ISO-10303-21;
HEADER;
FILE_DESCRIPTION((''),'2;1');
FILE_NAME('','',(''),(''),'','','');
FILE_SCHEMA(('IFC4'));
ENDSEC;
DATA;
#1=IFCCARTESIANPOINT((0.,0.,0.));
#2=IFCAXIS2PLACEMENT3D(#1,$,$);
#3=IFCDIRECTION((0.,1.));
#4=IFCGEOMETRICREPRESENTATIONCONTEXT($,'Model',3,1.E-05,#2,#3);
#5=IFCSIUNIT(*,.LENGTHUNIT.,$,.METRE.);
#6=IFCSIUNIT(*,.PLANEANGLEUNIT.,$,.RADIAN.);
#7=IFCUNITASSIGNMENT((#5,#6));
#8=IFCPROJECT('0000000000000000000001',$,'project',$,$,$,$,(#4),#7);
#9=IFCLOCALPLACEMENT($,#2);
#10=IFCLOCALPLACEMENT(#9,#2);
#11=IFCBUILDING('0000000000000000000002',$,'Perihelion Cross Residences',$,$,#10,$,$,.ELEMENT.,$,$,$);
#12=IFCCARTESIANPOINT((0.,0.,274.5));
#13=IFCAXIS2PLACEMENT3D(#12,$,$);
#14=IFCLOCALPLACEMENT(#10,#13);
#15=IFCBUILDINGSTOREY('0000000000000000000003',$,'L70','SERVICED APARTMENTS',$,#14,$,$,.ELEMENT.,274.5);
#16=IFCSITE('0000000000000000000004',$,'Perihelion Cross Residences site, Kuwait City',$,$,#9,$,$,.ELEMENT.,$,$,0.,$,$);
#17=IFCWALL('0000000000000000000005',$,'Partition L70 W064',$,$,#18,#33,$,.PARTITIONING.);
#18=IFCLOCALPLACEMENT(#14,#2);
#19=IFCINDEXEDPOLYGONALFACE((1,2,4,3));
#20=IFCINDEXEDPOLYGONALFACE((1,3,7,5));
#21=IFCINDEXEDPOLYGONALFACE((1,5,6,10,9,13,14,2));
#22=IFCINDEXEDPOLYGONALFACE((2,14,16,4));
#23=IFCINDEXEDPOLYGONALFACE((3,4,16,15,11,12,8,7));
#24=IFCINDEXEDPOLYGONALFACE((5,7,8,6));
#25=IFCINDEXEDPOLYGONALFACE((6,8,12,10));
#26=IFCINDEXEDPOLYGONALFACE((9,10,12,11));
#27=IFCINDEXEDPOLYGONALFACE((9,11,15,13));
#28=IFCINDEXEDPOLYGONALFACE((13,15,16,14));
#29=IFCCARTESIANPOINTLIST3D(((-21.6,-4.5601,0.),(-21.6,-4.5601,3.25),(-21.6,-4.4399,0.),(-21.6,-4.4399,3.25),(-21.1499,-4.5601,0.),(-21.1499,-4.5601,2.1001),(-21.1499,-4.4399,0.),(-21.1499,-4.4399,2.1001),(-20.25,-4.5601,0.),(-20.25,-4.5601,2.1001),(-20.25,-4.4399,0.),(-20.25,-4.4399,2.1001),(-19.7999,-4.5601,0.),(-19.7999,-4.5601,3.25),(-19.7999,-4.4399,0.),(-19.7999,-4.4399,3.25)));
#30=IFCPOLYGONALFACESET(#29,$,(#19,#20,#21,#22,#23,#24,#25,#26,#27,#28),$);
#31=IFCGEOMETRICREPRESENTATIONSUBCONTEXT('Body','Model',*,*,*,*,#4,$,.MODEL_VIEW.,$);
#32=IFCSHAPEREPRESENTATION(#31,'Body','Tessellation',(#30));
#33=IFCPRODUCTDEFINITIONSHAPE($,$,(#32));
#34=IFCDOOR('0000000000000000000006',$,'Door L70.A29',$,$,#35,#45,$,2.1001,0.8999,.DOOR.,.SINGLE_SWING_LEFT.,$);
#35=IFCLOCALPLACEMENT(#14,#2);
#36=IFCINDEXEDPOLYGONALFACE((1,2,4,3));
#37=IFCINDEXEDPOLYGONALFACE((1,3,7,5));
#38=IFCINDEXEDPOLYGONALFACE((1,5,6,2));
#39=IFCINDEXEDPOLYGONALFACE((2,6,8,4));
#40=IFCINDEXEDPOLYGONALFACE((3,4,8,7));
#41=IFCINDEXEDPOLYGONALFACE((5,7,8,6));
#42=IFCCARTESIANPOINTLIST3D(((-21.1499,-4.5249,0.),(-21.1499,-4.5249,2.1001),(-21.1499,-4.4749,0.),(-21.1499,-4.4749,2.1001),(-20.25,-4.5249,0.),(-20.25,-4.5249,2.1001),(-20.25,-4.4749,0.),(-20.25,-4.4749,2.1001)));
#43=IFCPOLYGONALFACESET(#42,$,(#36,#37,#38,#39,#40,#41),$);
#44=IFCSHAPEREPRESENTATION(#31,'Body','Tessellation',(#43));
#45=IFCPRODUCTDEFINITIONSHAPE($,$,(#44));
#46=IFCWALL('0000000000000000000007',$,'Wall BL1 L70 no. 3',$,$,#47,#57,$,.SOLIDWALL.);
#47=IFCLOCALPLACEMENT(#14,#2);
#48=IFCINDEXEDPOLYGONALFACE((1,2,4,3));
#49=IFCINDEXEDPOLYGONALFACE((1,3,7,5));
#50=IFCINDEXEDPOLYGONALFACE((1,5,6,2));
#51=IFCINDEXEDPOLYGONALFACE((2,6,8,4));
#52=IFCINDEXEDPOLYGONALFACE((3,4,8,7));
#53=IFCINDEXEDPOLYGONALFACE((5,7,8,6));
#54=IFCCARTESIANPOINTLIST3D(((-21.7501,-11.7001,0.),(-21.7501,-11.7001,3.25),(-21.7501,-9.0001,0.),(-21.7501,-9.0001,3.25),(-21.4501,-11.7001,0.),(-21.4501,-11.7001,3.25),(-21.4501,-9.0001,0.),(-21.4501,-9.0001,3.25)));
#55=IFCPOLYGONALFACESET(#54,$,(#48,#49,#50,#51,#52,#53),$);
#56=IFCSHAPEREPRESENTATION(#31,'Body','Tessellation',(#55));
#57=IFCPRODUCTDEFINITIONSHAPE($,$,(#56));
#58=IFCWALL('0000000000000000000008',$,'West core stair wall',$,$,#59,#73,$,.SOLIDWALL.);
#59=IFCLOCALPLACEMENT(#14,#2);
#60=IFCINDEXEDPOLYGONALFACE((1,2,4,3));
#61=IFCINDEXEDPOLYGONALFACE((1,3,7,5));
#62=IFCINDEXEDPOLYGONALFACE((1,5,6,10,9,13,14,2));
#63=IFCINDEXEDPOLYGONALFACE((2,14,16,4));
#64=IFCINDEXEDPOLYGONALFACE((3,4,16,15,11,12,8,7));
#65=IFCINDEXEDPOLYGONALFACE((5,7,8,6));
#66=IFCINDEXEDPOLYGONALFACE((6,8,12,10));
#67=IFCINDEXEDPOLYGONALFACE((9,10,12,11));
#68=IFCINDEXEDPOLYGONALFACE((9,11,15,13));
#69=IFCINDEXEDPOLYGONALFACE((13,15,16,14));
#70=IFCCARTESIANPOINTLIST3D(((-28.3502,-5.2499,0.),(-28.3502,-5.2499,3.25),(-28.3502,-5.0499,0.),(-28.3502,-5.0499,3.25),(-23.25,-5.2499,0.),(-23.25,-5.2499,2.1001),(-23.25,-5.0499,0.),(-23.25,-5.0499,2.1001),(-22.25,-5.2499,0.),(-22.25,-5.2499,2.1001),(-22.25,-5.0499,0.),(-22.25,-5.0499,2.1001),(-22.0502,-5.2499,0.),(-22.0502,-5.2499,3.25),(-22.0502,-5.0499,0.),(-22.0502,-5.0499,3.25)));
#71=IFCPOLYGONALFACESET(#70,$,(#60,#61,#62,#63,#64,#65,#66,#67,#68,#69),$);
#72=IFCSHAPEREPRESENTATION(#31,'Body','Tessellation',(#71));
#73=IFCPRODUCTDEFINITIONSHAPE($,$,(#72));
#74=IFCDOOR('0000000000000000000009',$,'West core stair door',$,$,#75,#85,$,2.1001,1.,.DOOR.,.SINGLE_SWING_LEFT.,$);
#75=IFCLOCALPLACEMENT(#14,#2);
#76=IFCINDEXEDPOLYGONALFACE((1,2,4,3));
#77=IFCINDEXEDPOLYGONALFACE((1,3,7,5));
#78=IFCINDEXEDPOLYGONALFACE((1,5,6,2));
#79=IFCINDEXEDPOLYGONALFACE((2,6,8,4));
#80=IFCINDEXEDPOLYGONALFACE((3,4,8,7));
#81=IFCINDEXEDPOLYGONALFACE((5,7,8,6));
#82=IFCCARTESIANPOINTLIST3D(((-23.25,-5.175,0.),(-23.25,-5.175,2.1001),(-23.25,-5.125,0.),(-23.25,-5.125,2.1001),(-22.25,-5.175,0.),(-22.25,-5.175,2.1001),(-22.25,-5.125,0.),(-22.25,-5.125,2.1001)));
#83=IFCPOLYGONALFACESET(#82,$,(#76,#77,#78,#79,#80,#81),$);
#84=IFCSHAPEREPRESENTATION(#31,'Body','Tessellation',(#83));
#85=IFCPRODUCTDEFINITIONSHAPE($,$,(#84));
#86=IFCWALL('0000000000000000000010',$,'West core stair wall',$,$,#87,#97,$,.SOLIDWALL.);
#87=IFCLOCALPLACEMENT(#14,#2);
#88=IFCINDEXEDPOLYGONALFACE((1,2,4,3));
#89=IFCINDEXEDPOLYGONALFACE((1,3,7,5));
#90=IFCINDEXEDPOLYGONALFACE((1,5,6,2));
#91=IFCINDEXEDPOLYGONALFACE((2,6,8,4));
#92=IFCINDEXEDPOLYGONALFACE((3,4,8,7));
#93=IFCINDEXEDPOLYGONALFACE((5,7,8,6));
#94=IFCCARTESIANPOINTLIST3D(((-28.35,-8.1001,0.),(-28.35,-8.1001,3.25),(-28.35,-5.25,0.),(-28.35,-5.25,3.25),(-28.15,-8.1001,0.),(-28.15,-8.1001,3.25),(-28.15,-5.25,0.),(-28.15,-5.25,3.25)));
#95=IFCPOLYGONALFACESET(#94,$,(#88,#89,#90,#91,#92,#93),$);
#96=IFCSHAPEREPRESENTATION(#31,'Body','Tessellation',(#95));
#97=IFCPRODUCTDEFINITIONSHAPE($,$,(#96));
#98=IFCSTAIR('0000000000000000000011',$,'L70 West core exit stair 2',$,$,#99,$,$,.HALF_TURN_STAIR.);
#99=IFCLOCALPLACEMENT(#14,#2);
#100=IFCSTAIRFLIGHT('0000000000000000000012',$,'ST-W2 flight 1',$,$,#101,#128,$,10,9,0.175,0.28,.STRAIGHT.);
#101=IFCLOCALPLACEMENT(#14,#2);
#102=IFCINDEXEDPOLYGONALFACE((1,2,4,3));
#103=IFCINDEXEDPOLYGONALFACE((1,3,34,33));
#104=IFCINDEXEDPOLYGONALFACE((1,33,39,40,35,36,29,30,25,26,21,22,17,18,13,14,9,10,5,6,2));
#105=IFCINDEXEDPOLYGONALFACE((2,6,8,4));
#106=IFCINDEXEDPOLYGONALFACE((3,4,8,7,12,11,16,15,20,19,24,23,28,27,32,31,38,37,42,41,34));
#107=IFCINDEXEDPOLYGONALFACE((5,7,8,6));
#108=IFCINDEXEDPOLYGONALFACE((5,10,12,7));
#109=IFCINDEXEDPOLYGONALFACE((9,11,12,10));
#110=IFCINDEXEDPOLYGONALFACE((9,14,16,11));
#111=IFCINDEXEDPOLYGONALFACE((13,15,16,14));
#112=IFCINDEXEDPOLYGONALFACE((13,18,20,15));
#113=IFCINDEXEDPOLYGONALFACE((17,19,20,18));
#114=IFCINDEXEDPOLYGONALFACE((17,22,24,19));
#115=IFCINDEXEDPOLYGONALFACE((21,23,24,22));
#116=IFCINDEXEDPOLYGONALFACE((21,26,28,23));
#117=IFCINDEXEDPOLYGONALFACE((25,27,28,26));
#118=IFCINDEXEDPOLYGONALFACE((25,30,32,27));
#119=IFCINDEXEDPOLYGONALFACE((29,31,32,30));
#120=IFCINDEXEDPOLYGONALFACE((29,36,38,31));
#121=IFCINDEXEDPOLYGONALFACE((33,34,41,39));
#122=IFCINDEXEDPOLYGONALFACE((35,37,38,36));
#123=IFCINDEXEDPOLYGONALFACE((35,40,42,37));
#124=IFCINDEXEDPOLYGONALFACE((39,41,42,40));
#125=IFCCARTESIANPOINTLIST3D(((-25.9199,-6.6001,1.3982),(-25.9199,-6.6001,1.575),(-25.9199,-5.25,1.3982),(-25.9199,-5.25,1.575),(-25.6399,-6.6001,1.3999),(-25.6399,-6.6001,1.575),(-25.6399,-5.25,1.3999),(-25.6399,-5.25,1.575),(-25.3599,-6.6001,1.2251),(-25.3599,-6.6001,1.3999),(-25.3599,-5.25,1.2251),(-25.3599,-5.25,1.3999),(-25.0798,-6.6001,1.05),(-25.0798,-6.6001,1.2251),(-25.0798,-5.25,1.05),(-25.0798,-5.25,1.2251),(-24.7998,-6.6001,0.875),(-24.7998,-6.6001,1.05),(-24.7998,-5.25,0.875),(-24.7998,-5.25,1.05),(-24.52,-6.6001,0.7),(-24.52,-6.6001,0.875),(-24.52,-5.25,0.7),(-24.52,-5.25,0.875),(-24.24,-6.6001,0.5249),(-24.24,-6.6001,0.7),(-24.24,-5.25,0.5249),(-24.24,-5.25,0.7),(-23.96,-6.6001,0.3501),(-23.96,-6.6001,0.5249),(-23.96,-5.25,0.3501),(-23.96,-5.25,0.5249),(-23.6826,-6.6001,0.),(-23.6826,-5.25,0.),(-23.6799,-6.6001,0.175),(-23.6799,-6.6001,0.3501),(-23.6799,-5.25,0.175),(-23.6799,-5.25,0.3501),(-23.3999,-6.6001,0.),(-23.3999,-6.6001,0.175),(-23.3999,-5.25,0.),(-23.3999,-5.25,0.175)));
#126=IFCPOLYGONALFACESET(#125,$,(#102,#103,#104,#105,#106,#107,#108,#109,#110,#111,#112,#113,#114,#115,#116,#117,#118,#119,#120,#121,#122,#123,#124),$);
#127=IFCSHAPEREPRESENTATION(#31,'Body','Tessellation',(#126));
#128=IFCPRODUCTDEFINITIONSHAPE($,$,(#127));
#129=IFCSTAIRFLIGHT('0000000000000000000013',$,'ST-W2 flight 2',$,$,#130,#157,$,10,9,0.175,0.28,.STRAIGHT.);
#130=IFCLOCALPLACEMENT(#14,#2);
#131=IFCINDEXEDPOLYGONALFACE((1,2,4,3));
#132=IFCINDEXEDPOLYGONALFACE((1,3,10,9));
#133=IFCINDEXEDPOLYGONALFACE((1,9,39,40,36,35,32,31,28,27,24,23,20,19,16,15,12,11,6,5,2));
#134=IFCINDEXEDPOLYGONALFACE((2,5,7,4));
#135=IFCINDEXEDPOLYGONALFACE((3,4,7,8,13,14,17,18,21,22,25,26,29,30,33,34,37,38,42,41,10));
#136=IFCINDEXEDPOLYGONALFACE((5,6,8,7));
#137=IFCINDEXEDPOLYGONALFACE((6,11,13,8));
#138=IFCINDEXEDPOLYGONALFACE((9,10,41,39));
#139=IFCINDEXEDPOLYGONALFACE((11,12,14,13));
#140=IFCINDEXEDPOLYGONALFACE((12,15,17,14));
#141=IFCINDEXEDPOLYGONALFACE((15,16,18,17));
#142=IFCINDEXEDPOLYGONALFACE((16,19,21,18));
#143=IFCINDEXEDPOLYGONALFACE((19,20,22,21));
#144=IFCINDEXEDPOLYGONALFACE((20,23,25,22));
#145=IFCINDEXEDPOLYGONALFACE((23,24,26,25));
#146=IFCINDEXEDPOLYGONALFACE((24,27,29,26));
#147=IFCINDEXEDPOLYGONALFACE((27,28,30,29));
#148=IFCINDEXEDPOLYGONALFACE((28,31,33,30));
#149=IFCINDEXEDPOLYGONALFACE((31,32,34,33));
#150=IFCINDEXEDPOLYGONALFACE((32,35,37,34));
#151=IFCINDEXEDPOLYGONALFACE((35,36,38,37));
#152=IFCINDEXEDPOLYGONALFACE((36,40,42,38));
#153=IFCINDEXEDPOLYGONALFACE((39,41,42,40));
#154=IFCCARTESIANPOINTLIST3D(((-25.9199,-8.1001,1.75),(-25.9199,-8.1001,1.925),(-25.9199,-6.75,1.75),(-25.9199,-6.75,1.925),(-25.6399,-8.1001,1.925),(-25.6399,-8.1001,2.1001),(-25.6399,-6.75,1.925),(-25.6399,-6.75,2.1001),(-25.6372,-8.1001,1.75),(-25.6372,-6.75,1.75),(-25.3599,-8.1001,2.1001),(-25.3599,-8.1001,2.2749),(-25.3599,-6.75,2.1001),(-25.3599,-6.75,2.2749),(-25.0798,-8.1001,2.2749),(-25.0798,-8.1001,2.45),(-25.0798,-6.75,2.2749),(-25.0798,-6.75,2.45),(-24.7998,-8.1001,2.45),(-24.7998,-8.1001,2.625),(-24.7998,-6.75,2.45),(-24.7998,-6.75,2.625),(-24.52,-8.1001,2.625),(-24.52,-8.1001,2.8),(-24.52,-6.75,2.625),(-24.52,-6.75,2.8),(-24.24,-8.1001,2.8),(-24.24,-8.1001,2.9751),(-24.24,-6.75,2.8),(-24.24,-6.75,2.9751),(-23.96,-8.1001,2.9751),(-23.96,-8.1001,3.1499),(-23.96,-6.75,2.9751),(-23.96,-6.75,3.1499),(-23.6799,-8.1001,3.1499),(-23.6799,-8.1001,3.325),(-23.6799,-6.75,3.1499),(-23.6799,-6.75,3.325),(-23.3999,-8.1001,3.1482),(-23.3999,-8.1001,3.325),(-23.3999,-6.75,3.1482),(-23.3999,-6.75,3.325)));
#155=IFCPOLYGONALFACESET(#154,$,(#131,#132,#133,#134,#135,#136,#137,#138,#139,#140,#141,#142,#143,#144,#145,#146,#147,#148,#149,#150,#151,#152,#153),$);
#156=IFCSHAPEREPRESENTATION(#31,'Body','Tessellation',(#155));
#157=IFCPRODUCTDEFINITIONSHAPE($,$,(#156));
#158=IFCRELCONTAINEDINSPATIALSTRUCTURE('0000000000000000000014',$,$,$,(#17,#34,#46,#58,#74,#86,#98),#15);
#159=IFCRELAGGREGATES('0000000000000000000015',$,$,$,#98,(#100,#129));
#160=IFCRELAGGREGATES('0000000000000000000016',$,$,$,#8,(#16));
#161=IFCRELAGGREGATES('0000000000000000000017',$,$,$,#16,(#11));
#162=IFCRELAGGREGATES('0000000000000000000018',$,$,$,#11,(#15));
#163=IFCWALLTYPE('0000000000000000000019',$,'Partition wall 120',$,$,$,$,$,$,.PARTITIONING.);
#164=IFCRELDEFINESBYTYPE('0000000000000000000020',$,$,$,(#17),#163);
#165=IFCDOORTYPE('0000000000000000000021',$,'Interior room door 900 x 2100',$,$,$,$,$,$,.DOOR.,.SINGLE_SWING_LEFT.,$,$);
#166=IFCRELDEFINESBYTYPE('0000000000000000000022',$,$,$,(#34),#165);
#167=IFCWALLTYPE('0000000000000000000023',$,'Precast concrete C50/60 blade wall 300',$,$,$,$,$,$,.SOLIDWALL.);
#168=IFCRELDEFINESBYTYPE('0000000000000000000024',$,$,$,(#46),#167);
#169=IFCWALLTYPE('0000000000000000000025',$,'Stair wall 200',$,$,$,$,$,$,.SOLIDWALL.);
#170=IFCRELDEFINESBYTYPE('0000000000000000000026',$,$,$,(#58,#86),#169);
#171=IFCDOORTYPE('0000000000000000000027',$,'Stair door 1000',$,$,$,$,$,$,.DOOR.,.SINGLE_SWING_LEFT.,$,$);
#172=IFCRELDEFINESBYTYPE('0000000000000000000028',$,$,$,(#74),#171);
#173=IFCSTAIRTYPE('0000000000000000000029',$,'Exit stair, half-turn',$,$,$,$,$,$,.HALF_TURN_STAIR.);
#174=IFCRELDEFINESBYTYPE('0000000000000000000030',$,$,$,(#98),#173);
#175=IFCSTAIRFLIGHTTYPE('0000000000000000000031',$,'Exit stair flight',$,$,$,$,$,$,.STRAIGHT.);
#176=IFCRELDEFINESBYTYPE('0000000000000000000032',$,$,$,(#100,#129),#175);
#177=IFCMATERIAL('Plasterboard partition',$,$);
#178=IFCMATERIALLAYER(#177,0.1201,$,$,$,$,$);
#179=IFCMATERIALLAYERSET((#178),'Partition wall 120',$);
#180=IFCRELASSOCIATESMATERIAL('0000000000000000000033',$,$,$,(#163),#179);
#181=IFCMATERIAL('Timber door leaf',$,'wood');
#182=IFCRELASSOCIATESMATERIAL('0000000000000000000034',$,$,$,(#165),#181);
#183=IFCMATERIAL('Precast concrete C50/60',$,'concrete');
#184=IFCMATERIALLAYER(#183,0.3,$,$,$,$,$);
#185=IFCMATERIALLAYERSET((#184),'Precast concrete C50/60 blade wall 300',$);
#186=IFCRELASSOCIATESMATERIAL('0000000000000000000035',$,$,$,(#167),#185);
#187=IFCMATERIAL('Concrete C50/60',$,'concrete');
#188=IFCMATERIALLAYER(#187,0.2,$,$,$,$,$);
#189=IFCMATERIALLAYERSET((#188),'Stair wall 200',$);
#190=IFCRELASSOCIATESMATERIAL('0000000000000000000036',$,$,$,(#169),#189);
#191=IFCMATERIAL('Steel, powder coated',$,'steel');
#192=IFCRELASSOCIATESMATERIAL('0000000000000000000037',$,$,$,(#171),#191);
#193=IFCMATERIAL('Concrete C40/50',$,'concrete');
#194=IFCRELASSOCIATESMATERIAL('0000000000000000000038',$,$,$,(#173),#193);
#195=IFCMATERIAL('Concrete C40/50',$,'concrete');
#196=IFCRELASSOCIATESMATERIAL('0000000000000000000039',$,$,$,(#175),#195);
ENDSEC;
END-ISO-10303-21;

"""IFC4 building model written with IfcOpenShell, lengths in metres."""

from ifc_helpers import new_model, si_unit, direction, frame, frame_2d, origin, place, context, subcontext, project, spatial, polyline, rectangle, outline, extrude, material, layer, layer_set, type_object, element, fill, aggregate, save


model = new_model("IFC4")

# Units and contexts
model_context = context("Model", 3, precision=1e-05, world=origin(), true_north=direction((0.0, 1.0)))
body_context = subcontext(model_context, "Body", "Model", "MODEL_VIEW")
ifc_project = project(units=[si_unit("LENGTHUNIT", "METRE"), si_unit("PLANEANGLEUNIT", "RADIAN")], contexts=[model_context])

# Site, building, storey
site_placement = place(None, origin())
site = spatial("IfcSite", under=ifc_project, at=site_placement, Name="Perihelion Cross Residences site, Kuwait City", CompositionType="ELEMENT", RefElevation=0.0)
building_placement = place(site_placement, origin())
building = spatial("IfcBuilding", under=site, at=building_placement, Name="Perihelion Cross Residences", CompositionType="ELEMENT")
storey_placement = place(building_placement, frame((0.0, 0.0, 274.5)))
storey = spatial("IfcBuildingStorey", under=building, at=storey_placement, Name="L70", Description="SERVICED APARTMENTS", CompositionType="ELEMENT", Elevation=274.5)

# Wall, opening, door
ifc_material_1 = material(Name="Plasterboard partition")
ifc_layer_1 = layer(ifc_material_1, 0.1201)
ifc_layer_set_1 = layer_set([ifc_layer_1], Name="Partition wall 120")
wall_type_1 = type_object("IfcWallType", Name="Partition wall 120", PredefinedType="PARTITIONING", material=ifc_layer_set_1)
wall_1_placement = place(storey_placement, frame((-19.8, -4.5, 0.0), z_axis=(0.0, 0.0, 1.0), x_axis=(-1.0, 0.0, 0.0)))
wall_1 = element("IfcWall", 1, at=wall_1_placement, inside=storey, type_object=wall_type_1, Name="Partition L70 W064", PredefinedType="PARTITIONING", context=body_context, shape_type="SweptSolid", body=[
    extrude(rectangle(XDim=1.8, YDim=0.1201, at=frame_2d((0.8999, 0.0))), origin(), (0.0, 0.0, 1.0), 3.25),
])
opening_1_placement = place(wall_1_placement, frame((0.45, 0.0, 0.0)))
opening_1 = element("IfcOpeningElement", 2, at=opening_1_placement, cuts=wall_1, PredefinedType="OPENING", context=body_context, shape_type="SweptSolid", body=[
    extrude(rectangle(XDim=0.8999, YDim=2.1001, at=frame_2d((0.45, 1.05))), frame((0.0, 0.0701, 0.0), z_axis=(0.0, -1.0, 0.0), x_axis=(1.0, 0.0, 0.0)), (0.0, 0.0, 1.0), 0.1401),
])
ifc_material_2 = material(Name="Timber door leaf", Category="wood")
door_type_1 = type_object("IfcDoorType", Name="Interior room door 900 x 2100", OperationType="SINGLE_SWING_LEFT", PredefinedType="DOOR", material=ifc_material_2)
door_1_placement = place(opening_1_placement, origin())
door_1 = element("IfcDoor", 3, at=door_1_placement, inside=storey, type_object=door_type_1, Name="Door L70.A29", OperationType="SINGLE_SWING_LEFT", OverallHeight=2.1001, OverallWidth=0.8999, PredefinedType="DOOR", context=body_context, shape_type="SweptSolid", body=[
    extrude(rectangle(XDim=0.8999, YDim=2.1001, at=frame_2d((0.45, 1.05))), frame((0.0, 0.0249, 0.0), z_axis=(0.0, -1.0, 0.0), x_axis=(1.0, 0.0, 0.0)), (0.0, 0.0, 1.0), 0.05),
])
fill(opening_1, door_1)

# Wall
ifc_material_3 = material(Name="Precast concrete C50/60", Category="concrete")
ifc_layer_2 = layer(ifc_material_3, 0.3)
ifc_layer_set_2 = layer_set([ifc_layer_2], Name="Precast concrete C50/60 blade wall 300")
wall_type_2 = type_object("IfcWallType", Name="Precast concrete C50/60 blade wall 300", PredefinedType="SOLIDWALL", material=ifc_layer_set_2)
wall_2_placement = place(storey_placement, frame((-21.6001, -9.0, 0.0), z_axis=(0.0, 0.0, 1.0), x_axis=(0.0, -1.0, 0.0)))
element("IfcWall", 4, at=wall_2_placement, inside=storey, type_object=wall_type_2, Name="Wall BL1 L70 no. 3", PredefinedType="SOLIDWALL", context=body_context, shape_type="SweptSolid", body=[
    extrude(rectangle(XDim=2.7, YDim=0.3, at=frame_2d((1.3501, 0.0))), origin(), (0.0, 0.0, 1.0), 3.25),
])

# Wall, opening, door
ifc_material_4 = material(Name="Concrete C50/60", Category="concrete")
ifc_layer_3 = layer(ifc_material_4, 0.2)
ifc_layer_set_3 = layer_set([ifc_layer_3], Name="Stair wall 200")
wall_type_3 = type_object("IfcWallType", Name="Stair wall 200", PredefinedType="SOLIDWALL", material=ifc_layer_set_3)
wall_3_placement = place(storey_placement, frame((-28.3501, -5.1499, 0.0), z_axis=(0.0, 0.0, 1.0), x_axis=(1.0, 0.0, 0.0)))
wall_3 = element("IfcWall", 5, at=wall_3_placement, inside=storey, type_object=wall_type_3, Name="West core stair wall", PredefinedType="SOLIDWALL", context=body_context, shape_type="SweptSolid", body=[
    extrude(rectangle(XDim=6.3, YDim=0.2, at=frame_2d((3.1499, 0.0))), origin(), (0.0, 0.0, 1.0), 3.25),
])
opening_2_placement = place(wall_3_placement, frame((5.1001, 0.0, 0.0)))
opening_2 = element("IfcOpeningElement", 6, at=opening_2_placement, cuts=wall_3, PredefinedType="OPENING", context=body_context, shape_type="SweptSolid", body=[
    extrude(rectangle(XDim=1.0, YDim=2.1001, at=frame_2d((0.5, 1.05))), frame((0.0, 0.1099, 0.0), z_axis=(0.0, -1.0, 0.0), x_axis=(1.0, 0.0, 0.0)), (0.0, 0.0, 1.0), 0.22),
])
ifc_material_5 = material(Name="Steel, powder coated", Category="steel")
door_type_2 = type_object("IfcDoorType", Name="Stair door 1000", OperationType="SINGLE_SWING_LEFT", PredefinedType="DOOR", material=ifc_material_5)
door_2_placement = place(opening_2_placement, origin())
door_2 = element("IfcDoor", 7, at=door_2_placement, inside=storey, type_object=door_type_2, Name="West core stair door", OperationType="SINGLE_SWING_LEFT", OverallHeight=2.1001, OverallWidth=1.0, PredefinedType="DOOR", context=body_context, shape_type="SweptSolid", body=[
    extrude(rectangle(XDim=1.0, YDim=2.1001, at=frame_2d((0.5, 1.05))), frame((0.0, 0.0249, 0.0), z_axis=(0.0, -1.0, 0.0), x_axis=(1.0, 0.0, 0.0)), (0.0, 0.0, 1.0), 0.05),
])
fill(opening_2, door_2)

# Wall
wall_4_placement = place(storey_placement, frame((-28.25, -8.1001, 0.0), z_axis=(0.0, 0.0, 1.0), x_axis=(0.0, 1.0, 0.0)))
element("IfcWall", 8, at=wall_4_placement, inside=storey, type_object=wall_type_3, Name="West core stair wall", PredefinedType="SOLIDWALL", context=body_context, shape_type="SweptSolid", body=[
    extrude(rectangle(XDim=2.8501, YDim=0.2, at=frame_2d((1.425, 0.0))), origin(), (0.0, 0.0, 1.0), 3.25),
])

# Stair, stair flights
ifc_material_6 = material(Name="Concrete C40/50", Category="concrete")
stair_type = type_object("IfcStairType", Name="Exit stair, half-turn", PredefinedType="HALF_TURN_STAIR", material=ifc_material_6)
stair_placement = place(storey_placement, origin())
stair = element("IfcStair", 9, at=stair_placement, inside=storey, type_object=stair_type, Name="L70 West core exit stair 2", PredefinedType="HALF_TURN_STAIR")
ifc_material_7 = material(Name="Concrete C40/50", Category="concrete")
stair_flight_type = type_object("IfcStairFlightType", Name="Exit stair flight", PredefinedType="STRAIGHT", material=ifc_material_7)
stair_flight_1_placement = place(storey_placement, frame((-23.3999, -5.925, 0.0), z_axis=(0.0, 0.0, 1.0), x_axis=(-1.0, 0.0, 0.0)))
stair_flight_1 = element("IfcStairFlight", 10, at=stair_flight_1_placement, type_object=stair_flight_type, Name="ST-W2 flight 1", NumberOfRisers=10, NumberOfTreads=9, PredefinedType="STRAIGHT", RiserHeight=0.175, TreadLength=0.28, context=body_context, shape_type="SweptSolid", body=[
    extrude(outline(polyline([(0.0, 0.0), (0.0, 0.175), (0.28, 0.175), (0.28, 0.3501), (0.5601, 0.3501), (0.5601, 0.5249), (0.8401, 0.5249), (0.8401, 0.7), (1.1201, 0.7), (1.1201, 0.875), (1.3999, 0.875), (1.3999, 1.05), (1.6799, 1.05), (1.6799, 1.2251), (1.96, 1.2251), (1.96, 1.3999), (2.24, 1.3999), (2.24, 1.575), (2.52, 1.575), (2.52, 1.75), (2.52, 1.3982), (0.2827, 0.0), (0.0, 0.0)])), frame((0.0, 0.675, 0.0), z_axis=(0.0, -1.0, 0.0), x_axis=(1.0, 0.0, 0.0)), (0.0, 0.0, 1.0), 1.3501),
])
stair_flight_2_placement = place(storey_placement, frame((-25.9199, -7.425, 1.75), z_axis=(0.0, 0.0, 1.0), x_axis=(1.0, 0.0, 0.0)))
stair_flight_2 = element("IfcStairFlight", 11, at=stair_flight_2_placement, type_object=stair_flight_type, Name="ST-W2 flight 2", NumberOfRisers=10, NumberOfTreads=9, PredefinedType="STRAIGHT", RiserHeight=0.175, TreadLength=0.28, context=body_context, shape_type="SweptSolid", body=[
    extrude(outline(polyline([(0.0, 0.0), (0.0, 0.175), (0.28, 0.175), (0.28, 0.3501), (0.5601, 0.3501), (0.5601, 0.5249), (0.8401, 0.5249), (0.8401, 0.7), (1.1201, 0.7), (1.1201, 0.875), (1.3999, 0.875), (1.3999, 1.05), (1.6799, 1.05), (1.6799, 1.2251), (1.96, 1.2251), (1.96, 1.3999), (2.24, 1.3999), (2.24, 1.575), (2.52, 1.575), (2.52, 1.75), (2.52, 1.3982), (0.2827, 0.0), (0.0, 0.0)])), frame((0.0, 0.675, 0.0), z_axis=(0.0, -1.0, 0.0), x_axis=(1.0, 0.0, 0.0)), (0.0, 0.0, 1.0), 1.3501),
])
aggregate(stair, [stair_flight_1, stair_flight_2])

save(model, "model.ifc")
